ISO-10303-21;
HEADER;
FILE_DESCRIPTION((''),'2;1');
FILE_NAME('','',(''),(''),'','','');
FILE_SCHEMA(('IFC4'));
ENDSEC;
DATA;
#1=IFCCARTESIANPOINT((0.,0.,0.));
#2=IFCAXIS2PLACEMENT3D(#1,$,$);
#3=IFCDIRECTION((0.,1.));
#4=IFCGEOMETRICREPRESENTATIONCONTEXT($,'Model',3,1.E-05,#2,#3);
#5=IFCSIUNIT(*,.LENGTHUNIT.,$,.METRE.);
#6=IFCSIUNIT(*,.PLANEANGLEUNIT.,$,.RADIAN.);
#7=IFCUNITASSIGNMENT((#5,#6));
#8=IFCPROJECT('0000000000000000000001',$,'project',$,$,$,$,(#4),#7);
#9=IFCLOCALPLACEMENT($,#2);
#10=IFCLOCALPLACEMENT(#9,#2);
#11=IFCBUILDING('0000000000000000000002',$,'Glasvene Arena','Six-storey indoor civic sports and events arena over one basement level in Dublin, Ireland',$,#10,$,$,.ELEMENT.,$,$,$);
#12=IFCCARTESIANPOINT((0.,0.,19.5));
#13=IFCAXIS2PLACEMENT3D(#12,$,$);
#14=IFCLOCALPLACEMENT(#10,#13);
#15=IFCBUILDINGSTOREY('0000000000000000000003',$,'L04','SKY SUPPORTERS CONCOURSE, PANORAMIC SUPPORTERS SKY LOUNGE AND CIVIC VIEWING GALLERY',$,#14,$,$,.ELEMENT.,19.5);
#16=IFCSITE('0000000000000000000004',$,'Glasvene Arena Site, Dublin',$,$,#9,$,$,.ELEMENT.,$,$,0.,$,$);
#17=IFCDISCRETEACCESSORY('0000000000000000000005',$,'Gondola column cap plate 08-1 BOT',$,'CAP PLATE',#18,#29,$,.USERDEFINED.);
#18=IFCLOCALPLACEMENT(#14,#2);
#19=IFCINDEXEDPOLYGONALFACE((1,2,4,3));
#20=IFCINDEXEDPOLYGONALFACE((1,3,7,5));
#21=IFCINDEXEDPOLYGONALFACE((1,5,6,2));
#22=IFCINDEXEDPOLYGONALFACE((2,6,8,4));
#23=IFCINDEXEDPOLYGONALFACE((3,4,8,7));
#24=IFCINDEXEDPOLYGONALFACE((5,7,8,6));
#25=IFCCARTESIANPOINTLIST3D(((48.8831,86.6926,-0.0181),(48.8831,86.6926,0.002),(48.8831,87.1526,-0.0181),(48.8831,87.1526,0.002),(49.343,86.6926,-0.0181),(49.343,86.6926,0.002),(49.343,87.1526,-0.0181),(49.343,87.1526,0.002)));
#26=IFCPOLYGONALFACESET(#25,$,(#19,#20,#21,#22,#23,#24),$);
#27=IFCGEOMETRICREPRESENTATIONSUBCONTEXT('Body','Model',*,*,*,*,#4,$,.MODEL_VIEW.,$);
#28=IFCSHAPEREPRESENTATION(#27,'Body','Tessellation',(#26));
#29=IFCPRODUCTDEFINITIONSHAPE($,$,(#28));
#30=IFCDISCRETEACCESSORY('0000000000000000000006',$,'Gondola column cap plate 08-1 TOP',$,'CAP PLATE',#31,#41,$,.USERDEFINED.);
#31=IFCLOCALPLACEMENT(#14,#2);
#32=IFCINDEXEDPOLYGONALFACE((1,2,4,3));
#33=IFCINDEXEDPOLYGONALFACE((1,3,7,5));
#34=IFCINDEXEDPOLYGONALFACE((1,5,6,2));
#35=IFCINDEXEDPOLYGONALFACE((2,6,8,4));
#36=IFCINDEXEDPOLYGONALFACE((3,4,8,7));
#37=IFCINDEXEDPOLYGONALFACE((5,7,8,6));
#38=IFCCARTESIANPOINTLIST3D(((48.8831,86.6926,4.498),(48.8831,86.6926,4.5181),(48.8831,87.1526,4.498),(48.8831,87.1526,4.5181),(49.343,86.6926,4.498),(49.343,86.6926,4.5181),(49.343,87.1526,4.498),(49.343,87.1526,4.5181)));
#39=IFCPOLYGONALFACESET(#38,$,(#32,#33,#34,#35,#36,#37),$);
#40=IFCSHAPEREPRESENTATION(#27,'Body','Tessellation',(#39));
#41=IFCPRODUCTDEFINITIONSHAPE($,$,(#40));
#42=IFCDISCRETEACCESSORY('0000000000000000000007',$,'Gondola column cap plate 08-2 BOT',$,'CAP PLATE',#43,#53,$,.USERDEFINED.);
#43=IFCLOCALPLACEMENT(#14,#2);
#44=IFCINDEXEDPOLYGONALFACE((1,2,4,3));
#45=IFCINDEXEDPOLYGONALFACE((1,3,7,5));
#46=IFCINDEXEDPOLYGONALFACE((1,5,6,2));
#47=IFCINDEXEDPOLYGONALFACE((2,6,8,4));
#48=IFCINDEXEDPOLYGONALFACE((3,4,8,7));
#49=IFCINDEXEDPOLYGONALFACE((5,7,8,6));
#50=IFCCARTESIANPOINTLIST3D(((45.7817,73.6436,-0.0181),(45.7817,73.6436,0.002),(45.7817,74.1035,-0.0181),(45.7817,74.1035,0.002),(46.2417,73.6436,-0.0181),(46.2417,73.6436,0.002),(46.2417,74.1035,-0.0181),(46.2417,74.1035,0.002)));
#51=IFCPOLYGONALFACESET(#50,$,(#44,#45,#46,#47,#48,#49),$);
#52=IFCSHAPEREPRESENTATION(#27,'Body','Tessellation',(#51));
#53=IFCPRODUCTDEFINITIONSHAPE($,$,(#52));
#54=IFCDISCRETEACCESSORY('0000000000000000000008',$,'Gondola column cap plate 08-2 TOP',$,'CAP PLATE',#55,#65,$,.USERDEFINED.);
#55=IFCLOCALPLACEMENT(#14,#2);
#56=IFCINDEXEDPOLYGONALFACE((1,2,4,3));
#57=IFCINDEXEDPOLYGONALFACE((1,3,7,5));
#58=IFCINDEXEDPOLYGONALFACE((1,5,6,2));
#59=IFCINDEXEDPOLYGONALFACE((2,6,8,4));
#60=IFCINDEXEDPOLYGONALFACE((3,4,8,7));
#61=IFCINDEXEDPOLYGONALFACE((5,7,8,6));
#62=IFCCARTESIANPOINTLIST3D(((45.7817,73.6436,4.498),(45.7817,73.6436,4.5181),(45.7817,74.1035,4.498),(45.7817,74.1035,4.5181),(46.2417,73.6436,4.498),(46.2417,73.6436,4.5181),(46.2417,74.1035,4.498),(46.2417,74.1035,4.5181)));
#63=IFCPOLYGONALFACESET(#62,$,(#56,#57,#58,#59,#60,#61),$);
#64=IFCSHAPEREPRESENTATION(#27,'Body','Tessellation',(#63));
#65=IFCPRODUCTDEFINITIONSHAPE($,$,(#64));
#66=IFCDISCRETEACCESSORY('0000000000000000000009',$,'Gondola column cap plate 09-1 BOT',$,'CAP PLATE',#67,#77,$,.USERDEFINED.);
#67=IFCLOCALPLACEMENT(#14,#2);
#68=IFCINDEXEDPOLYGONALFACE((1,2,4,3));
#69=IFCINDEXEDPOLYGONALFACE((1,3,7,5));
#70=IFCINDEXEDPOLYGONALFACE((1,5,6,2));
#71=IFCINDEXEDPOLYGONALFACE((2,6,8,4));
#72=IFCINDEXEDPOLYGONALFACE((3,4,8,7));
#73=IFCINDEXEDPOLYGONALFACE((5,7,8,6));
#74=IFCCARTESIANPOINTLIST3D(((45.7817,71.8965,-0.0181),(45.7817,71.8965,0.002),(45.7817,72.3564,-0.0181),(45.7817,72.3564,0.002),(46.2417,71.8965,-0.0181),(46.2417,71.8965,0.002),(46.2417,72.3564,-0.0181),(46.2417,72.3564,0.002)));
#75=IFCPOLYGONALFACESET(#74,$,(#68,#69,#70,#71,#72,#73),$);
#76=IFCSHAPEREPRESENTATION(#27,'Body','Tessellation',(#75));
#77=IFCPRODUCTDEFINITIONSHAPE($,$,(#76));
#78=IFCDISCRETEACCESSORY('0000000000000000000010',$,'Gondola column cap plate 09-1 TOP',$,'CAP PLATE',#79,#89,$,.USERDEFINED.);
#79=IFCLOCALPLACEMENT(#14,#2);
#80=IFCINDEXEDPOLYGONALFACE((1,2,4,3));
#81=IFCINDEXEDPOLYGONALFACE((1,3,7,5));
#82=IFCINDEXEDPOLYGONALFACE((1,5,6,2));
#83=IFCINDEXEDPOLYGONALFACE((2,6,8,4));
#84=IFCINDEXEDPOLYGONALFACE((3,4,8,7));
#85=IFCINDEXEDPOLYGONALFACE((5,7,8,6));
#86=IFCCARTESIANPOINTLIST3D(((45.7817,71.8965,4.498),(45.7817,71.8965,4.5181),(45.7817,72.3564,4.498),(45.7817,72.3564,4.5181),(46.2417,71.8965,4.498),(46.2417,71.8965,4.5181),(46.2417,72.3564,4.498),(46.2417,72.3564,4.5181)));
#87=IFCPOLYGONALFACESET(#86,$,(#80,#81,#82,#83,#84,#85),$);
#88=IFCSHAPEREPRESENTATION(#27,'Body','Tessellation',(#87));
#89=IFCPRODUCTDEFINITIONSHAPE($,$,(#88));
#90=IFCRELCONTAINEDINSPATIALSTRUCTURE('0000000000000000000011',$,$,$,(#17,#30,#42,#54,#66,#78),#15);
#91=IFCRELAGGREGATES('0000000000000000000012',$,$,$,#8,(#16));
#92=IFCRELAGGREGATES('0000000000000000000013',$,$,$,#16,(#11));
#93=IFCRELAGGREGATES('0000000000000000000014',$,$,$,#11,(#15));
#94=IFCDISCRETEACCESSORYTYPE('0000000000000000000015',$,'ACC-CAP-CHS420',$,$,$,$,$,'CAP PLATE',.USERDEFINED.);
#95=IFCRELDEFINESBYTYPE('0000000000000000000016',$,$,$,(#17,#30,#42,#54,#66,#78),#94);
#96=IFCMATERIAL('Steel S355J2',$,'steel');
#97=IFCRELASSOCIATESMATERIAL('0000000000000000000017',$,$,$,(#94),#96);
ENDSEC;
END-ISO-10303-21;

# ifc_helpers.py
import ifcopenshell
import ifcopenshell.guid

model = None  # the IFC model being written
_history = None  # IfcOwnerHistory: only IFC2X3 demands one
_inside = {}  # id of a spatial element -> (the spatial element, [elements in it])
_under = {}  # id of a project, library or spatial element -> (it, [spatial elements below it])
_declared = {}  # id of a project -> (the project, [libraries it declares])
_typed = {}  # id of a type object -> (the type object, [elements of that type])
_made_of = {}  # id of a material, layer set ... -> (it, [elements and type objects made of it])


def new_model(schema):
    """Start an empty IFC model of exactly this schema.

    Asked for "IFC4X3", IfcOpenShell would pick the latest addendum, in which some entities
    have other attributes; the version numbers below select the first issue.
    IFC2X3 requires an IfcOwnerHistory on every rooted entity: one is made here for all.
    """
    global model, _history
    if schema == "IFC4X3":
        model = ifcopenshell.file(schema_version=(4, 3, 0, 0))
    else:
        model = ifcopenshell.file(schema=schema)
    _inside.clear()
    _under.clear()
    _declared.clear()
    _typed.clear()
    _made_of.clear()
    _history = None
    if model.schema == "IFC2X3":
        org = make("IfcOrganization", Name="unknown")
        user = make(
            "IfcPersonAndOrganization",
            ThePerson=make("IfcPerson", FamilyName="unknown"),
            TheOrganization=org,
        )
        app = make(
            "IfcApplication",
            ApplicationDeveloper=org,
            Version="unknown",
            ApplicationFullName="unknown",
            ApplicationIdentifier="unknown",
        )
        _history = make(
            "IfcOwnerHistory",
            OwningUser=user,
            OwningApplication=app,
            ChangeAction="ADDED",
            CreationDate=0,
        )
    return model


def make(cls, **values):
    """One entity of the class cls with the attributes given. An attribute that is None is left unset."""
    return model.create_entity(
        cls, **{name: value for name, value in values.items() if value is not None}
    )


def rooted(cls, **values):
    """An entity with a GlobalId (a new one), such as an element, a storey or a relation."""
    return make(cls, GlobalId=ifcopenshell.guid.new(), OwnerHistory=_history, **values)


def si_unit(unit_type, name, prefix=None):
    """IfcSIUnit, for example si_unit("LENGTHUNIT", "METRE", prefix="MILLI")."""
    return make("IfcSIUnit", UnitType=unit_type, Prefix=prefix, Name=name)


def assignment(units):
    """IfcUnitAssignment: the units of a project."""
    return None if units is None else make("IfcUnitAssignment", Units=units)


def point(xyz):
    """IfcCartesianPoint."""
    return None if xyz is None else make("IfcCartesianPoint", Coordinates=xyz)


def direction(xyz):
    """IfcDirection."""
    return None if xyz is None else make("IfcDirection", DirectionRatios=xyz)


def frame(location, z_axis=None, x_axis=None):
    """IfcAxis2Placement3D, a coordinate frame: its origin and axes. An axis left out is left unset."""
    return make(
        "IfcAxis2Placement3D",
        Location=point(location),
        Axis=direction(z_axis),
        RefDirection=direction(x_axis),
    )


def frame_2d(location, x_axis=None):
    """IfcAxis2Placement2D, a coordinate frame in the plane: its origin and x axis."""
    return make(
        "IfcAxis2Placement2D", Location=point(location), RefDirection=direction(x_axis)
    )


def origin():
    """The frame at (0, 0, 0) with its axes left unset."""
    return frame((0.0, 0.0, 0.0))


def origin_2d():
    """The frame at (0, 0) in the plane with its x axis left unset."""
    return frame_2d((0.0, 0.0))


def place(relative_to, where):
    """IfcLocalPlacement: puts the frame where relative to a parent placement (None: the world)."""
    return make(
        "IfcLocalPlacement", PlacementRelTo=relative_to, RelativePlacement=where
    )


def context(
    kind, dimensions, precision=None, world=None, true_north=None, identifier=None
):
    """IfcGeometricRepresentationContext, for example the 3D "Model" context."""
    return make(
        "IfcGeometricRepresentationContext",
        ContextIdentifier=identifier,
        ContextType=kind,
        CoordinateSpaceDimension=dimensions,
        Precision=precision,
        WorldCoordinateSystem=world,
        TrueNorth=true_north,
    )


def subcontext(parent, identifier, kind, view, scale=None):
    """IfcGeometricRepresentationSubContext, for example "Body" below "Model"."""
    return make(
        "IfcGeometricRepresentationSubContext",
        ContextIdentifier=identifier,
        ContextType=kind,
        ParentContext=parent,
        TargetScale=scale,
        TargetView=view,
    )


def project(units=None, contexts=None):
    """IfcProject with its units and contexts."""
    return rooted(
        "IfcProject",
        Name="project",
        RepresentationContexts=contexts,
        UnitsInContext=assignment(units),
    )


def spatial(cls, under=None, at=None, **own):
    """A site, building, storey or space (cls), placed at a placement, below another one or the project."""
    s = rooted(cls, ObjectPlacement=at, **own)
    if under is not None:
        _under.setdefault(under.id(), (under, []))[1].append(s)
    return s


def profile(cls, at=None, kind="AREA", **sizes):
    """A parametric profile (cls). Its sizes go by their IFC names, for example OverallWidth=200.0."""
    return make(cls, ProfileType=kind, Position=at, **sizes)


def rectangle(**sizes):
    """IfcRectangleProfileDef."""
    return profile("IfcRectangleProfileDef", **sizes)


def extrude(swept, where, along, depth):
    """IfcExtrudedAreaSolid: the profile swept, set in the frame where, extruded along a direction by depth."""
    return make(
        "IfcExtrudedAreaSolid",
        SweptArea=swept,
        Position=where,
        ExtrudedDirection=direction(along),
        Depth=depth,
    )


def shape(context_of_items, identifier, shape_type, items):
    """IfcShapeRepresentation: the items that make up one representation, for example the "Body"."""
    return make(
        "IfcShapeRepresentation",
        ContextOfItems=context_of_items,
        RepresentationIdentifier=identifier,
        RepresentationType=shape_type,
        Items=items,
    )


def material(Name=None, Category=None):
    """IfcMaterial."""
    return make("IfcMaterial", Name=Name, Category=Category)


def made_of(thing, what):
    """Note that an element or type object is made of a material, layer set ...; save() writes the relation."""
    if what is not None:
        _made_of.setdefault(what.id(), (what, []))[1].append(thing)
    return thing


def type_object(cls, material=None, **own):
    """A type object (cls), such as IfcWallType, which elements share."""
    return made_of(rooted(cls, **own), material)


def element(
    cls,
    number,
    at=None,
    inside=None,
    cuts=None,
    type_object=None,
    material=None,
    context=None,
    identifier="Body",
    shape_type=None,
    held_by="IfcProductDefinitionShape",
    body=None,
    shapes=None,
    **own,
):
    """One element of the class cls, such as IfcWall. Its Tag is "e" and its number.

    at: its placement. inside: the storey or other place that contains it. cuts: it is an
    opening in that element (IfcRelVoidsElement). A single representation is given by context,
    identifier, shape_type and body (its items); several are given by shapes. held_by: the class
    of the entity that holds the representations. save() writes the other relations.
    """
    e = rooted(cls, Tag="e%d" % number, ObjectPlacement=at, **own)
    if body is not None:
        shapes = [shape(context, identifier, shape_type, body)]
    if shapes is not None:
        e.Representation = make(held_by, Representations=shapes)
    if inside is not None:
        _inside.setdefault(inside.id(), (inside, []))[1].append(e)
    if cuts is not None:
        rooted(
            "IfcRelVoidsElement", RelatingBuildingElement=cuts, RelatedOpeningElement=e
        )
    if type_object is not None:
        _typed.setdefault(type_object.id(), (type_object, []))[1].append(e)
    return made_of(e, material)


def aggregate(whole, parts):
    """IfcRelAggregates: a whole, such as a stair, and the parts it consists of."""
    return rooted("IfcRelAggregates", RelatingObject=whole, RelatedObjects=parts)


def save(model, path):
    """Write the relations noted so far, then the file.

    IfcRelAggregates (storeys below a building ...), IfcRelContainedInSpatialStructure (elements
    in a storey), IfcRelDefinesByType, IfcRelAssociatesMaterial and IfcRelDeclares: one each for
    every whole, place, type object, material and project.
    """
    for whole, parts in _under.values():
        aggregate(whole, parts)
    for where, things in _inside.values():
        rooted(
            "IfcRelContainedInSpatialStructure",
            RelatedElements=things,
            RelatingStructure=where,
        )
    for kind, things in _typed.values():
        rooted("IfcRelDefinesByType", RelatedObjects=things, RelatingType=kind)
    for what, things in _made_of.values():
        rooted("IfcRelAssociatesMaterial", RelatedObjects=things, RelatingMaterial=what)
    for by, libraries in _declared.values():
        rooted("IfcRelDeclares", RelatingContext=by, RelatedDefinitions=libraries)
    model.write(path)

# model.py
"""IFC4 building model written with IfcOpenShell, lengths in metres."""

from ifc_helpers import new_model, si_unit, direction, frame, origin, origin_2d, place, context, subcontext, project, spatial, rectangle, extrude, material, type_object, element, save


model = new_model("IFC4")

# Units and contexts
model_context = context("Model", 3, precision=1e-05, world=origin(), true_north=direction((0.0, 1.0)))
body_context = subcontext(model_context, "Body", "Model", "MODEL_VIEW")
ifc_project = project(units=[si_unit("LENGTHUNIT", "METRE"), si_unit("PLANEANGLEUNIT", "RADIAN")], contexts=[model_context])

# Site, building, storey
site_placement = place(None, origin())
site = spatial("IfcSite", under=ifc_project, at=site_placement, Name="Glasvene Arena Site, Dublin", CompositionType="ELEMENT", RefElevation=0.0)
building_placement = place(site_placement, origin())
building = spatial("IfcBuilding", under=site, at=building_placement, Name="Glasvene Arena", Description="Six-storey indoor civic sports and events arena over one basement level in Dublin, Ireland", CompositionType="ELEMENT")
storey_placement = place(building_placement, frame((0.0, 0.0, 19.5)))
storey = spatial("IfcBuildingStorey", under=building, at=storey_placement, Name="L04", Description="SKY SUPPORTERS CONCOURSE, PANORAMIC SUPPORTERS SKY LOUNGE AND CIVIC VIEWING GALLERY", CompositionType="ELEMENT", Elevation=19.5)

# Shared definitions
ifc_material_1 = material(Name="Steel S355J2", Category="steel")

# Discrete accessories
discrete_accessory_type = type_object("IfcDiscreteAccessoryType", Name="ACC-CAP-CHS420", ElementType="CAP PLATE", PredefinedType="USERDEFINED", material=ifc_material_1)
for number, where, z_axis, x_axis, name in (
    (1, (49.113, 86.9226, -0.0181), (0.0, 0.0, 1.0), (1.0, 0.0, 0.0), "Gondola column cap plate 08-1 BOT"),
    (2, (49.113, 86.9226, 4.498), (0.0, 0.0, 1.0), (1.0, 0.0, 0.0), "Gondola column cap plate 08-1 TOP"),
    (3, (46.0117, 73.8735, -0.0181), (0.0, 0.0, 1.0), (1.0, 0.0, 0.0), "Gondola column cap plate 08-2 BOT"),
    (4, (46.0117, 73.8735, 4.498), (0.0, 0.0, 1.0), (1.0, 0.0, 0.0), "Gondola column cap plate 08-2 TOP"),
    (5, (46.0117, 72.1265, -0.0181), (0.0, 0.0, 1.0), (1.0, 0.0, 0.0), "Gondola column cap plate 09-1 BOT"),
    (6, (46.0117, 72.1265, 4.498), (0.0, 0.0, 1.0), (1.0, 0.0, 0.0), "Gondola column cap plate 09-1 TOP"),
):
    element("IfcDiscreteAccessory", number, at=place(storey_placement, frame(where, z_axis=z_axis, x_axis=x_axis)), inside=storey, type_object=discrete_accessory_type, Name=name, ObjectType="CAP PLATE", PredefinedType="USERDEFINED", context=body_context, shape_type="SweptSolid", body=[
        extrude(rectangle(XDim=0.46, YDim=0.46, at=origin_2d()), origin(), (0.0, 0.0, 1.0), 0.02),
    ])

save(model, "model.ifc")
